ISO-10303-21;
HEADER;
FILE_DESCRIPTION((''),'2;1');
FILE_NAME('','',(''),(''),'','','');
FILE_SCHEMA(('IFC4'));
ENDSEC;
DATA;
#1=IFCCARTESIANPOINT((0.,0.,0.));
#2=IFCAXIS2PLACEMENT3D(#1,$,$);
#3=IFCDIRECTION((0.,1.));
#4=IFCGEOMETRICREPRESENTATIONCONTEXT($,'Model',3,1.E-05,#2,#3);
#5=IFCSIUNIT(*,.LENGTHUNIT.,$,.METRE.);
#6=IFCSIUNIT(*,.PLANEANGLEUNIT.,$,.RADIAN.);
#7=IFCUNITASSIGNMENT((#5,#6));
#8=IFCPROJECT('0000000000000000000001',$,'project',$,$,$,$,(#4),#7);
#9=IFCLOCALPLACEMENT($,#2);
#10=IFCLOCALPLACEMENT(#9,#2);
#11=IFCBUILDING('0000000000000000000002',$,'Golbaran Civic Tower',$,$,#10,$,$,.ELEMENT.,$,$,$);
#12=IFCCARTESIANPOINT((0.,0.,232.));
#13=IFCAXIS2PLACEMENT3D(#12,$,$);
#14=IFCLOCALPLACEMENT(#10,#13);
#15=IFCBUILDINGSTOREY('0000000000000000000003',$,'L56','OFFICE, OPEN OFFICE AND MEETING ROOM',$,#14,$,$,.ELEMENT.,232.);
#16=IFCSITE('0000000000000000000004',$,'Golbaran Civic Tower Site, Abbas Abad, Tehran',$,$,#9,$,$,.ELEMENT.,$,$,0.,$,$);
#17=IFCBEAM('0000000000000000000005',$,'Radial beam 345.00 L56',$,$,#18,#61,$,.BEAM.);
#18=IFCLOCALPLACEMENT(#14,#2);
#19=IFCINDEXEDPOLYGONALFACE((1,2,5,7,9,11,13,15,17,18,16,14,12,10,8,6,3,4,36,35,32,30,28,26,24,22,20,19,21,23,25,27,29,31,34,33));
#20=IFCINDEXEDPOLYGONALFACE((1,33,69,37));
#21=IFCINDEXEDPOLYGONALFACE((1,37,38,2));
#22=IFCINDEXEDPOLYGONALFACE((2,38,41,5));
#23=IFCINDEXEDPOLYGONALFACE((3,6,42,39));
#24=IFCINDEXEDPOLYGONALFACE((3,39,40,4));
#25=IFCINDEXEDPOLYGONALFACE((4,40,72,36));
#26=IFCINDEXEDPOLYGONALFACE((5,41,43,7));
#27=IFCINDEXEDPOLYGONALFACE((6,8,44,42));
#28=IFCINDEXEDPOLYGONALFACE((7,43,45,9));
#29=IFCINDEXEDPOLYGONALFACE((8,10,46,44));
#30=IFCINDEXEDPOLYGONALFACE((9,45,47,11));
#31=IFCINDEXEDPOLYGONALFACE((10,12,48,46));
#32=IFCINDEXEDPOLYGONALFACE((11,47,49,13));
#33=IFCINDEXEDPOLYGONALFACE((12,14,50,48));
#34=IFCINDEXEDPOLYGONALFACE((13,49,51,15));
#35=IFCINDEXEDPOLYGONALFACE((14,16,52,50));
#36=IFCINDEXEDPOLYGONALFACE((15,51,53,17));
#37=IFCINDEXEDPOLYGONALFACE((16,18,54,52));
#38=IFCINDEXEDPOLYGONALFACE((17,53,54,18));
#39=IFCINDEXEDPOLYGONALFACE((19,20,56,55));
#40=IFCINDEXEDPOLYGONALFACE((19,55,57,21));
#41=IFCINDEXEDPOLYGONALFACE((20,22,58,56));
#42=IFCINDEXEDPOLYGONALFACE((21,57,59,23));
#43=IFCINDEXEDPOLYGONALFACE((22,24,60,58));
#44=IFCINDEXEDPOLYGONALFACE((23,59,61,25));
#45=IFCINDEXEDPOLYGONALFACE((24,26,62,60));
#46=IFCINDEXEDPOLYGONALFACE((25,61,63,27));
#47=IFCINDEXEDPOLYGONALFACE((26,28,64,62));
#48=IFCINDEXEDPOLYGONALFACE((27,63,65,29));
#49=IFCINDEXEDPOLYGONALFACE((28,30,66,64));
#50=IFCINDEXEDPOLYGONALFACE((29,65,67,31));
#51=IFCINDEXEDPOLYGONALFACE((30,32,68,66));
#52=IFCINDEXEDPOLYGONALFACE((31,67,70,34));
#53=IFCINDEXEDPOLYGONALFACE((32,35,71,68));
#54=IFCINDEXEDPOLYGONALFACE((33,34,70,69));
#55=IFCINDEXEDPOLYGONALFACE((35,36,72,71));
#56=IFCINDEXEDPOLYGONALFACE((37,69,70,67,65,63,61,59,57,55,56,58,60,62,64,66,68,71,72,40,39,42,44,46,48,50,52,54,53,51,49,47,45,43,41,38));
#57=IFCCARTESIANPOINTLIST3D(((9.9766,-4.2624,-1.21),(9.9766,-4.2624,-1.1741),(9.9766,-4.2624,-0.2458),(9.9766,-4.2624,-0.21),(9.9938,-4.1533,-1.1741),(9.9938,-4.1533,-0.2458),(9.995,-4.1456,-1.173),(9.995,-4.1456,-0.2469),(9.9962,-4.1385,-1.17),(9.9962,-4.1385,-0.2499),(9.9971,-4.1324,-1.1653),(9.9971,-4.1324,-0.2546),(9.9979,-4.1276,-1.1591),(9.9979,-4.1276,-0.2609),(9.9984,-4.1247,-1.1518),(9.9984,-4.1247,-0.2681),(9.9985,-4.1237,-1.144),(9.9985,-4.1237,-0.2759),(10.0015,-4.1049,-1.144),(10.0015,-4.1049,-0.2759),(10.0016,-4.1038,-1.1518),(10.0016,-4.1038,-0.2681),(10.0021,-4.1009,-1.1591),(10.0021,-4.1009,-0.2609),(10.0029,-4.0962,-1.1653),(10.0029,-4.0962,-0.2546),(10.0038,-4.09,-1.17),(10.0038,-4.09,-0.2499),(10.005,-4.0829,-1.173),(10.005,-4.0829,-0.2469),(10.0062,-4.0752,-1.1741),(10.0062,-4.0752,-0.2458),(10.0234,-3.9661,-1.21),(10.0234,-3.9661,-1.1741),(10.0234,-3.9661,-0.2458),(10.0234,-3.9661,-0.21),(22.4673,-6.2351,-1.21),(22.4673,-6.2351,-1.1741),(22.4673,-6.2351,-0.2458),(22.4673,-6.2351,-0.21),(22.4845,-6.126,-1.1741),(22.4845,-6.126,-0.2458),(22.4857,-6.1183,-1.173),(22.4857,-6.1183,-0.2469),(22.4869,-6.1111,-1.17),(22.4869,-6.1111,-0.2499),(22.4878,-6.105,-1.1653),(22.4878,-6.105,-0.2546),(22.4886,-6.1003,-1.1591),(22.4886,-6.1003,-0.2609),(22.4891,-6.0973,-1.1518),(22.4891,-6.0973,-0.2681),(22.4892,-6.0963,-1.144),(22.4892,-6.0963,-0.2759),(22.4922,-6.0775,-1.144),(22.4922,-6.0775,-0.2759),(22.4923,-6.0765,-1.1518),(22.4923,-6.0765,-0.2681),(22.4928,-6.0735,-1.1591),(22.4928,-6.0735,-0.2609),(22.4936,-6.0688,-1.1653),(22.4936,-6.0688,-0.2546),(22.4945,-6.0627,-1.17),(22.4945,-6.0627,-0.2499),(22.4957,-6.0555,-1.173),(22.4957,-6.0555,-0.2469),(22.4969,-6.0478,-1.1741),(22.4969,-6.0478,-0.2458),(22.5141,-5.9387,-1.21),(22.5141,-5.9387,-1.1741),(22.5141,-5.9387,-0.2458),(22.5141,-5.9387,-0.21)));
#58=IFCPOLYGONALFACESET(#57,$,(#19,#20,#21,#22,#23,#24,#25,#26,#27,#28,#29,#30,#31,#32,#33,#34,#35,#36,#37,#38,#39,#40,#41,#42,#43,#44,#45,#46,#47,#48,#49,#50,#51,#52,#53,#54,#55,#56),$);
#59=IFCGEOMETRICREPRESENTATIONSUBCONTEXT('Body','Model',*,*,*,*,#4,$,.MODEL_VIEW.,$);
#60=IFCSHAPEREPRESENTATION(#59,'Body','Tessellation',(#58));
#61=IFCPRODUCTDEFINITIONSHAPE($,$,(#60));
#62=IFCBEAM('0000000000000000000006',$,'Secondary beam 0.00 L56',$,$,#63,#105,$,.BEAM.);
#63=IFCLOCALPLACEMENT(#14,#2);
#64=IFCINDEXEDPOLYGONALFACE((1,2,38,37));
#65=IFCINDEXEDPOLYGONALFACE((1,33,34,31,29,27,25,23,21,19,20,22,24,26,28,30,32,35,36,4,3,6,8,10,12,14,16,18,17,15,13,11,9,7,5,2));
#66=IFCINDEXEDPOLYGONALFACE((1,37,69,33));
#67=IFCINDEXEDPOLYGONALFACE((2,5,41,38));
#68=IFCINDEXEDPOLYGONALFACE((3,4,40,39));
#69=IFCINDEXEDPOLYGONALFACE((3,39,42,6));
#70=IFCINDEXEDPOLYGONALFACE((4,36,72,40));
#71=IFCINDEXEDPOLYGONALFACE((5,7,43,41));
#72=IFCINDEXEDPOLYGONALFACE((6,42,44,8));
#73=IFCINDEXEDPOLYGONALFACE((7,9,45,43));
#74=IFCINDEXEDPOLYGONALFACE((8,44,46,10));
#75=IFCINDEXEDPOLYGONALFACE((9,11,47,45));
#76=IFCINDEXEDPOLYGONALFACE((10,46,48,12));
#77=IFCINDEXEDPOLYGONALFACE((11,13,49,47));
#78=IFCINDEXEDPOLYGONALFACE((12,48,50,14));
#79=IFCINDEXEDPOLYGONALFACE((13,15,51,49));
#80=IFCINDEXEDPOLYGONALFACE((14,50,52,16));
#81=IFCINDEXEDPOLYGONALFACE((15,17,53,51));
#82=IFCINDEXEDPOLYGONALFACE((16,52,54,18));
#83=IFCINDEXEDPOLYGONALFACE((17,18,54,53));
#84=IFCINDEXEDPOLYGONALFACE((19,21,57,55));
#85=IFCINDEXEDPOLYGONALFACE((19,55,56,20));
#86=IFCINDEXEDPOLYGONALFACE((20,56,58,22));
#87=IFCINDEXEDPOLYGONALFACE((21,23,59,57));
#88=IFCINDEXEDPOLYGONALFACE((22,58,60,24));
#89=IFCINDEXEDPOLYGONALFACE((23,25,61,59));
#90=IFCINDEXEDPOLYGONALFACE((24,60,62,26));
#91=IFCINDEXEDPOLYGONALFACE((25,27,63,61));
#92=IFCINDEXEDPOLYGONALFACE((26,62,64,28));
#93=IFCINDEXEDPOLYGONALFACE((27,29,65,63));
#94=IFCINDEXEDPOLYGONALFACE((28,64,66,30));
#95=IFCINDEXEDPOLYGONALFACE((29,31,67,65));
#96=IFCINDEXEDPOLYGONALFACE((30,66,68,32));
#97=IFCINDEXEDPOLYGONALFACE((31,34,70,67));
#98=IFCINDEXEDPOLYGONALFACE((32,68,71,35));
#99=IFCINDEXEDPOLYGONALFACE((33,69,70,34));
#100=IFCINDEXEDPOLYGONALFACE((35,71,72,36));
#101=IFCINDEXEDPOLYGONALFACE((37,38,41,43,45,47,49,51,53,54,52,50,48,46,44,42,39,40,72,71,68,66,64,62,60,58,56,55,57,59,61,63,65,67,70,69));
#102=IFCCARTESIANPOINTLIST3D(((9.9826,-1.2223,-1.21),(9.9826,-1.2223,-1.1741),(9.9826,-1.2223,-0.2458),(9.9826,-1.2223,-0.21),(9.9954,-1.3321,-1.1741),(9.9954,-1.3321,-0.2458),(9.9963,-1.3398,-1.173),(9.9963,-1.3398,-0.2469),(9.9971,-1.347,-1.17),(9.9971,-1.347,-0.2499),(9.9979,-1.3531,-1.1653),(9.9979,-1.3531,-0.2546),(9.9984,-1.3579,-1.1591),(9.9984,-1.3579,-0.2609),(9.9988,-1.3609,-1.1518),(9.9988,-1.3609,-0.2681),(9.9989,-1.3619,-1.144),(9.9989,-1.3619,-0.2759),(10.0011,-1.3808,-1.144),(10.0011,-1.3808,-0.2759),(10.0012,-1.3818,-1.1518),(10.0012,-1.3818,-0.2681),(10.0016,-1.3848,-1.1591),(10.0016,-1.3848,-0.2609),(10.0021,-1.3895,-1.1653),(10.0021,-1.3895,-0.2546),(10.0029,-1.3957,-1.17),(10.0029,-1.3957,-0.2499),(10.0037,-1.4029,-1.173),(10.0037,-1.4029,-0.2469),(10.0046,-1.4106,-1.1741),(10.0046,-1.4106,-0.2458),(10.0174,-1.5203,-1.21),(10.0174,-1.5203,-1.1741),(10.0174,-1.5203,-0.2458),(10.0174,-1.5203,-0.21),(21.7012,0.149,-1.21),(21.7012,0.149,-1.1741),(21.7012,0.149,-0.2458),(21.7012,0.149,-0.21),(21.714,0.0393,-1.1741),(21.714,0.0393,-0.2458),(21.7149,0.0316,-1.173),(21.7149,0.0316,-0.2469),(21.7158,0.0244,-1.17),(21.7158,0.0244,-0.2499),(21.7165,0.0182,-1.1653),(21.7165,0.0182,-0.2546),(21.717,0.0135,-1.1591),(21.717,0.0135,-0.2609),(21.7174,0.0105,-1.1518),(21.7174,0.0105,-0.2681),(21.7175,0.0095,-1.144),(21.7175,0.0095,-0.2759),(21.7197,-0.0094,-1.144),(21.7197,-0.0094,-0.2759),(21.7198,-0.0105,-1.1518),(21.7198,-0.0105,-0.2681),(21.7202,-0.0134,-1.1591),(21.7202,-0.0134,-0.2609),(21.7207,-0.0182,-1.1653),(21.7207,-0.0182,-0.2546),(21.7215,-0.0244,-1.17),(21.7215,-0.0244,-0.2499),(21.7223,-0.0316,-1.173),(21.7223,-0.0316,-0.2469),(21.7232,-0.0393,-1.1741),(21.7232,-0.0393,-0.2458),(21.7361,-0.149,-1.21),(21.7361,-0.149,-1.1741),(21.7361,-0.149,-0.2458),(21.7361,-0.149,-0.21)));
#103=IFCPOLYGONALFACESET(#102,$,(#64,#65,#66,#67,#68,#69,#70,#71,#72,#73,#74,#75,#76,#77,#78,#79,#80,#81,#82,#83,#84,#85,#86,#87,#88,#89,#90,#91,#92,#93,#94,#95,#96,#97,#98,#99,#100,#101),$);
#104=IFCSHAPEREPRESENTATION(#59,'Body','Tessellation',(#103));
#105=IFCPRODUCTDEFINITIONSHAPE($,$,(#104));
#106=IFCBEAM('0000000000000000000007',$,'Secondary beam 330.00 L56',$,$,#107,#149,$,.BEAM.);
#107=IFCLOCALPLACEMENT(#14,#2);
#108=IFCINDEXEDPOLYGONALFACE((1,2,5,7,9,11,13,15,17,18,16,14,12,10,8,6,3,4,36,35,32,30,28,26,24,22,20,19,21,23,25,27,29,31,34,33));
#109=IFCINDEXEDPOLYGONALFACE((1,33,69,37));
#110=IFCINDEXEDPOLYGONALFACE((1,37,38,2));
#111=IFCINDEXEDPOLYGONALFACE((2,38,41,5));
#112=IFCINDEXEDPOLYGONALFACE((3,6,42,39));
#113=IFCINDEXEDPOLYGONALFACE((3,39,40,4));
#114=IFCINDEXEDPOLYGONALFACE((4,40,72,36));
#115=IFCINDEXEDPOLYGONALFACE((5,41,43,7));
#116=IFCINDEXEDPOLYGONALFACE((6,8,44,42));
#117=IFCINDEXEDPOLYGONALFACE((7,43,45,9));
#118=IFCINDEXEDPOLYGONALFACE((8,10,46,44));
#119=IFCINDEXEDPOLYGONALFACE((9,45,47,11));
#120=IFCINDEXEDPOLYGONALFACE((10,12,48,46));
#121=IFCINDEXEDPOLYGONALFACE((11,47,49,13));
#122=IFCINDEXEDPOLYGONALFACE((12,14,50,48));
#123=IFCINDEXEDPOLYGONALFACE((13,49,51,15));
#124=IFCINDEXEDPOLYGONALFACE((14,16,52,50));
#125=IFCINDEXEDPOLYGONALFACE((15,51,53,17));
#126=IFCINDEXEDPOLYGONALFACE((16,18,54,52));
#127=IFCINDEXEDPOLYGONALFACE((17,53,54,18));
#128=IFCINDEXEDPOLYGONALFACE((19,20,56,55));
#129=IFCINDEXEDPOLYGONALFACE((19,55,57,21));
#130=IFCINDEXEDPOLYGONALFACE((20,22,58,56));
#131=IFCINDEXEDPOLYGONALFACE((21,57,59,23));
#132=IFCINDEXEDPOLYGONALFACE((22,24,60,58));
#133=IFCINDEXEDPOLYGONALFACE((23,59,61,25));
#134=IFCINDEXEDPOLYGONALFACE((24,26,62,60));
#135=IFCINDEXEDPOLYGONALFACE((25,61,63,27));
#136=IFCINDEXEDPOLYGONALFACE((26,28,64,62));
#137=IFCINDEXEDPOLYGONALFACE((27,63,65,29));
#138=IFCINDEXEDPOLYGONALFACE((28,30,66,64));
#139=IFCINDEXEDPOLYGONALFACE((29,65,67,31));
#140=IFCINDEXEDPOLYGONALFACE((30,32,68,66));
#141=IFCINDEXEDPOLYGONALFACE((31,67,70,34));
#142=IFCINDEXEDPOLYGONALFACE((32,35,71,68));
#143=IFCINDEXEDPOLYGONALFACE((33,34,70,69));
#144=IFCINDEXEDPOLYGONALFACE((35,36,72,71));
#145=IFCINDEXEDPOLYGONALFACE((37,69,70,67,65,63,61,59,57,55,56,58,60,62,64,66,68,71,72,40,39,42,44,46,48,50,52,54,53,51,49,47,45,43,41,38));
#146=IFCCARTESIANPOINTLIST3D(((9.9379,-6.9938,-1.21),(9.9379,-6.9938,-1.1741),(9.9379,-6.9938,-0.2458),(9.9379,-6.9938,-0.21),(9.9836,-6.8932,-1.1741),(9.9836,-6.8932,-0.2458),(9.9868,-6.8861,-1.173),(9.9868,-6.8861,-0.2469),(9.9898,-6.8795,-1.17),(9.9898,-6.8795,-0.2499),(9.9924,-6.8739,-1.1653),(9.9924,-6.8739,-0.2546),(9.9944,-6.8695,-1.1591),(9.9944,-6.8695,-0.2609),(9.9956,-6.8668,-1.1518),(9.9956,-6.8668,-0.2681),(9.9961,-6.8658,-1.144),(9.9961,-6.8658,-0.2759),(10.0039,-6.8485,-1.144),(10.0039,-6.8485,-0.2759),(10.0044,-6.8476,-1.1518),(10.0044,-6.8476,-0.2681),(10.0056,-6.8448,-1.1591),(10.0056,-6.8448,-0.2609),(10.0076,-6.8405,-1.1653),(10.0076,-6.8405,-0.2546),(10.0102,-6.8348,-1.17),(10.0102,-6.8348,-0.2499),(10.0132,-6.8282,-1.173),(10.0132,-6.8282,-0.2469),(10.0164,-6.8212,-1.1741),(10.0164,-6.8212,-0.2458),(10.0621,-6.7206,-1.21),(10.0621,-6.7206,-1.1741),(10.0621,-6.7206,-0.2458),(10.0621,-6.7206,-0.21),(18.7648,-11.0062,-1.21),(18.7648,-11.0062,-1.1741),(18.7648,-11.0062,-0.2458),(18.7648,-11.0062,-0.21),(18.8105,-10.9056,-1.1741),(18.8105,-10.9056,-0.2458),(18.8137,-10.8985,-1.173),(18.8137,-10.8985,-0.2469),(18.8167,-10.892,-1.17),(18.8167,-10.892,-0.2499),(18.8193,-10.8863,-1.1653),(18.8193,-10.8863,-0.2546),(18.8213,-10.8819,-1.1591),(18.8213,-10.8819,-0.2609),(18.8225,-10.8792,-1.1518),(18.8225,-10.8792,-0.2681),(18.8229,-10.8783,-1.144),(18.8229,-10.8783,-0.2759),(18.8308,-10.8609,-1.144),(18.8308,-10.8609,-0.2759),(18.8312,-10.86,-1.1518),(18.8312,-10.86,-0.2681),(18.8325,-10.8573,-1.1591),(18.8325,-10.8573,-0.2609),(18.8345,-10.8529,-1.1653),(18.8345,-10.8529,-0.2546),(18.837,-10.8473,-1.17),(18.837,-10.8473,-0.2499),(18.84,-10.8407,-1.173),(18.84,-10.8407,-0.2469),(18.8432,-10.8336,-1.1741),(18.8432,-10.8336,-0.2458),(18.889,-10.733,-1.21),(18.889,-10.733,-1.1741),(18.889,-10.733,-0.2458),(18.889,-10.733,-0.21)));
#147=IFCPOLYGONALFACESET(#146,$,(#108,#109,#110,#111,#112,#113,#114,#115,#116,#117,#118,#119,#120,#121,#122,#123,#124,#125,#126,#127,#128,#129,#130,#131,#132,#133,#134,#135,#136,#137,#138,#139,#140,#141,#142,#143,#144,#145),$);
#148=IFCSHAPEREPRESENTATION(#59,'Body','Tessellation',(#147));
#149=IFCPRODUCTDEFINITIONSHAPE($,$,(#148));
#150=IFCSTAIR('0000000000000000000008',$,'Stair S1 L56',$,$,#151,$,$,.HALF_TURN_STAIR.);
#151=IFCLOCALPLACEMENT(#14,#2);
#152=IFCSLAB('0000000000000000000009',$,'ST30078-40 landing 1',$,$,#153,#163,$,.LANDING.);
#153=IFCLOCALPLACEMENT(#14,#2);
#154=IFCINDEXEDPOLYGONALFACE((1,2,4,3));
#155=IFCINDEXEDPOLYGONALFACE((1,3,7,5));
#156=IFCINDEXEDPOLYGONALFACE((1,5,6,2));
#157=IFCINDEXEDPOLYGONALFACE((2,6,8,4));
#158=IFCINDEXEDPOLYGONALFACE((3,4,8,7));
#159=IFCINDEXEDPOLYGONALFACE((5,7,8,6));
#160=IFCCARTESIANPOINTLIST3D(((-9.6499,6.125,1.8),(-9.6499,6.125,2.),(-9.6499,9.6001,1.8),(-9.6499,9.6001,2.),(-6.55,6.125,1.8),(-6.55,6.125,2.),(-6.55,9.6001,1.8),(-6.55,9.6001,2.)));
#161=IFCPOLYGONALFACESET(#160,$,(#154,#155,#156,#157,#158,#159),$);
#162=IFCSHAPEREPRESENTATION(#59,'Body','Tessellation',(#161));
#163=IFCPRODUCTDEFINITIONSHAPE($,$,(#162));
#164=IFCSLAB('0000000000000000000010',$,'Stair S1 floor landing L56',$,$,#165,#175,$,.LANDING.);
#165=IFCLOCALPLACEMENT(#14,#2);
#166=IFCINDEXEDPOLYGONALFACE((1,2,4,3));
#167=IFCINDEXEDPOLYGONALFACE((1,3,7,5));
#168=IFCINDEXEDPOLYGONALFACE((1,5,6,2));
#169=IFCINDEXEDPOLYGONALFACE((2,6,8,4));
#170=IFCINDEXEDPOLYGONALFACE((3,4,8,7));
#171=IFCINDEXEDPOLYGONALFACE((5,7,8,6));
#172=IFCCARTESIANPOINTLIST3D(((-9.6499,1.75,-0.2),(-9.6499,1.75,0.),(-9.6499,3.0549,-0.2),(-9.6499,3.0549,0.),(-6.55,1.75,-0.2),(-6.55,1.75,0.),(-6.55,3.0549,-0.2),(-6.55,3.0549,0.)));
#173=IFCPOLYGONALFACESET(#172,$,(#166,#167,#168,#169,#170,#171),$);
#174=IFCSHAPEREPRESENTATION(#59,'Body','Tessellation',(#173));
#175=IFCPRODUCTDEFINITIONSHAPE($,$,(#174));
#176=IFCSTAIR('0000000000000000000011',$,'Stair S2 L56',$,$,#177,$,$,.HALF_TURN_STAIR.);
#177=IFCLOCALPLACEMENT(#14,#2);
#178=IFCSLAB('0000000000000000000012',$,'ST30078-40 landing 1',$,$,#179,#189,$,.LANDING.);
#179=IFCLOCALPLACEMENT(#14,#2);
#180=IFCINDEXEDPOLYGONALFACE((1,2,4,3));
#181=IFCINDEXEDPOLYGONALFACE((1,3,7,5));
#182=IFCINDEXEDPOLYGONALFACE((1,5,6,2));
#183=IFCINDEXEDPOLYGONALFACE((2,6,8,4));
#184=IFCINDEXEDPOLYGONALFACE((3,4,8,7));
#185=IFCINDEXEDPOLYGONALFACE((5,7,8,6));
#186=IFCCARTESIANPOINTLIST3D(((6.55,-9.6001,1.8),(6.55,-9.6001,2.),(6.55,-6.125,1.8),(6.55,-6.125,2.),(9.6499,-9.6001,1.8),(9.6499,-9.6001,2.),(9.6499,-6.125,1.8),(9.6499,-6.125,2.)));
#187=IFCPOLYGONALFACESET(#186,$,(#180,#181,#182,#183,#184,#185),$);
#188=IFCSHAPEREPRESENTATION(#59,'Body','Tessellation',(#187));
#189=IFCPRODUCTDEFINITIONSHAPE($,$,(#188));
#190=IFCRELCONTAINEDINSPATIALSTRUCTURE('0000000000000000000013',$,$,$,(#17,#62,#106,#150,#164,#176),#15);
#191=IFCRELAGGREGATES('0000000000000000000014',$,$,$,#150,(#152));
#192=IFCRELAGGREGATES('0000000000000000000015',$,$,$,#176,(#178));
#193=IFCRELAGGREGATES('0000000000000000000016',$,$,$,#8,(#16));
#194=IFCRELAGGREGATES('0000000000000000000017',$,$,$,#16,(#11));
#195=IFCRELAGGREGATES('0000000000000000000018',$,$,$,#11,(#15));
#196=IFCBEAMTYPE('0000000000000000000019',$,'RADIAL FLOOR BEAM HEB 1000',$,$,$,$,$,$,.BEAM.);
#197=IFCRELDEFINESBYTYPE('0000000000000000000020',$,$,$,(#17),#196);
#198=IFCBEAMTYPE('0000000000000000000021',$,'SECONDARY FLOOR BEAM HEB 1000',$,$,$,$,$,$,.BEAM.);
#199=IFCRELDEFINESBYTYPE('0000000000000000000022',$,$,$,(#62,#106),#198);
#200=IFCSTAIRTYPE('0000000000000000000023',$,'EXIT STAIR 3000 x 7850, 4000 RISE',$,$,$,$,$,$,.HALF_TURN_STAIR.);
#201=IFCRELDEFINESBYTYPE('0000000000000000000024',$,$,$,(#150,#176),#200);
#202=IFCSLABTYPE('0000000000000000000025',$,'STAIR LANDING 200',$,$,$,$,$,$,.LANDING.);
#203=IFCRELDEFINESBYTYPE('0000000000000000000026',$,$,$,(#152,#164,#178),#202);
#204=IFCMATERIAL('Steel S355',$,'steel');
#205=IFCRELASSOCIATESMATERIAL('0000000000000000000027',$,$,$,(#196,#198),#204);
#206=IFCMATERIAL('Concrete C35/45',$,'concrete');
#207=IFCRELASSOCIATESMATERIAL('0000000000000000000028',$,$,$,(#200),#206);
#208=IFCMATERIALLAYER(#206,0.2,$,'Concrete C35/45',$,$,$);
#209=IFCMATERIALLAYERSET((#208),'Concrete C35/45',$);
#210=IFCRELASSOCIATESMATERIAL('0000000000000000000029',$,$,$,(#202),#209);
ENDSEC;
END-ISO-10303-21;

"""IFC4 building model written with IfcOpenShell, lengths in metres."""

from ifc_helpers import new_model, si_unit, direction, frame, origin, origin_2d, place, context, subcontext, project, spatial, polyline, i_section, outline, extrude, material, layer, layer_set, material_profile, profile_set, type_object, element, aggregate, save


model = new_model("IFC4")

# Units and contexts
model_context = context("Model", 3, precision=1e-05, world=origin(), true_north=direction((0.0, 1.0)))
body_context = subcontext(model_context, "Body", "Model", "MODEL_VIEW")
ifc_project = project(units=[si_unit("LENGTHUNIT", "METRE"), si_unit("PLANEANGLEUNIT", "RADIAN")], contexts=[model_context])

# Site, building, storey
site_placement = place(None, origin())
site = spatial("IfcSite", under=ifc_project, at=site_placement, Name="Golbaran Civic Tower Site, Abbas Abad, Tehran", CompositionType="ELEMENT", RefElevation=0.0)
building_placement = place(site_placement, origin())
building = spatial("IfcBuilding", under=site, at=building_placement, Name="Golbaran Civic Tower", CompositionType="ELEMENT")
storey_placement = place(building_placement, frame((0.0, 0.0, 232.0)))
storey = spatial("IfcBuildingStorey", under=building, at=storey_placement, Name="L56", Description="OFFICE, OPEN OFFICE AND MEETING ROOM", CompositionType="ELEMENT", Elevation=232.0)

# Beams
ifc_material_1 = material(Name="Steel S355", Category="steel")
ifc_material_profile_1 = material_profile(ifc_material_1, i_section(OverallWidth=0.3, OverallDepth=1.0, WebThickness=0.019, FlangeThickness=0.0359, FilletRadius=0.03, at=origin_2d()), Name="HEB 1000")
ifc_profile_set_1 = profile_set([ifc_material_profile_1], Name="Steel S355")
beam_type_1 = type_object("IfcBeamType", Name="RADIAL FLOOR BEAM HEB 1000", PredefinedType="BEAM", material=ifc_profile_set_1)
beam_1_placement = place(storey_placement, frame((10.0, -4.1143, -0.71), z_axis=(0.987758, -0.155996, 0.0), x_axis=(0.155996, 0.987758, 0.0)))
element("IfcBeam", 1, at=beam_1_placement, inside=storey, type_object=beam_type_1, Name="Radial beam 345.00 L56", PredefinedType="BEAM", context=body_context, shape_type="SweptSolid", body=[
    extrude(i_section(OverallWidth=0.3, OverallDepth=1.0, WebThickness=0.019, FlangeThickness=0.0359, FilletRadius=0.03, at=origin_2d()), origin(), (0.0, 0.0, 1.0), 12.6455),
])
ifc_material_profile_2 = material_profile(ifc_material_1, i_section(OverallWidth=0.3, OverallDepth=1.0, WebThickness=0.019, FlangeThickness=0.0359, FilletRadius=0.03, at=origin_2d()), Name="HEB 1000")
ifc_profile_set_2 = profile_set([ifc_material_profile_2], Name="Steel S355")
beam_type_2 = type_object("IfcBeamType", Name="SECONDARY FLOOR BEAM HEB 1000", PredefinedType="BEAM", material=ifc_profile_set_2)
beam_2_placement = place(storey_placement, frame((10.0, -1.3713, -0.71), z_axis=(0.993222, 0.11623, 0.0), x_axis=(-0.11623, 0.993222, 0.0)))
element("IfcBeam", 2, at=beam_2_placement, inside=storey, type_object=beam_type_2, Name="Secondary beam 0.00 L56", PredefinedType="BEAM", context=body_context, shape_type="SweptSolid", body=[
    extrude(i_section(OverallWidth=0.3, OverallDepth=1.0, WebThickness=0.019, FlangeThickness=0.0359, FilletRadius=0.03, at=origin_2d()), origin(), (0.0, 0.0, 1.0), 11.7986),
])
beam_3_placement = place(storey_placement, frame((10.0, -6.8572, -0.71), z_axis=(0.910358, -0.413822, 0.0), x_axis=(0.413822, 0.910358, 0.0)))
element("IfcBeam", 3, at=beam_3_placement, inside=storey, type_object=beam_type_2, Name="Secondary beam 330.00 L56", PredefinedType="BEAM", context=body_context, shape_type="SweptSolid", body=[
    extrude(i_section(OverallWidth=0.3, OverallDepth=1.0, WebThickness=0.019, FlangeThickness=0.0359, FilletRadius=0.03, at=origin_2d()), origin(), (0.0, 0.0, 1.0), 9.696),
])

# Stair, slab
ifc_material_2 = material(Name="Concrete C35/45", Category="concrete")
stair_type = type_object("IfcStairType", Name="EXIT STAIR 3000 x 7850, 4000 RISE", PredefinedType="HALF_TURN_STAIR", material=ifc_material_2)
stair_1_placement = place(storey_placement, origin())
stair_1 = element("IfcStair", 4, at=stair_1_placement, inside=storey, type_object=stair_type, Name="Stair S1 L56", PredefinedType="HALF_TURN_STAIR")
ifc_layer_1 = layer(ifc_material_2, 0.2, Name="Concrete C35/45")
ifc_layer_set_1 = layer_set([ifc_layer_1], Name="Concrete C35/45")
slab_type = type_object("IfcSlabType", Name="STAIR LANDING 200", PredefinedType="LANDING", material=ifc_layer_set_1)
slab_1_placement = place(storey_placement, frame((0.0, 0.0, 1.8)))
slab_1 = element("IfcSlab", 5, at=slab_1_placement, type_object=slab_type, Name="ST30078-40 landing 1", PredefinedType="LANDING", context=body_context, shape_type="SweptSolid", body=[
    extrude(outline(polyline([(-9.6499, 6.125), (-9.6499, 9.6001), (-6.55, 9.6001), (-6.55, 6.125), (-9.6499, 6.125)])), origin(), (0.0, 0.0, 1.0), 0.2),
])
aggregate(stair_1, [slab_1])

# Slab
slab_2_placement = place(storey_placement, frame((0.0, 0.0, -0.2)))
element("IfcSlab", 6, at=slab_2_placement, inside=storey, type_object=slab_type, Name="Stair S1 floor landing L56", PredefinedType="LANDING", context=body_context, shape_type="SweptSolid", body=[
    extrude(outline(polyline([(-9.6499, 1.75), (-9.6499, 3.0549), (-6.55, 3.0549), (-6.55, 1.75), (-9.6499, 1.75)])), origin(), (0.0, 0.0, 1.0), 0.2),
])

# Stair, slab
stair_2_placement = place(storey_placement, origin())
stair_2 = element("IfcStair", 7, at=stair_2_placement, inside=storey, type_object=stair_type, Name="Stair S2 L56", PredefinedType="HALF_TURN_STAIR")
slab_3_placement = place(storey_placement, frame((0.0, 0.0, 1.8)))
slab_3 = element("IfcSlab", 8, at=slab_3_placement, type_object=slab_type, Name="ST30078-40 landing 1", PredefinedType="LANDING", context=body_context, shape_type="SweptSolid", body=[
    extrude(outline(polyline([(9.6499, -6.125), (9.6499, -9.6001), (6.55, -9.6001), (6.55, -6.125), (9.6499, -6.125)])), origin(), (0.0, 0.0, 1.0), 0.2),
])

aggregate(stair_2, [slab_3])

save(model, "model.ifc")
